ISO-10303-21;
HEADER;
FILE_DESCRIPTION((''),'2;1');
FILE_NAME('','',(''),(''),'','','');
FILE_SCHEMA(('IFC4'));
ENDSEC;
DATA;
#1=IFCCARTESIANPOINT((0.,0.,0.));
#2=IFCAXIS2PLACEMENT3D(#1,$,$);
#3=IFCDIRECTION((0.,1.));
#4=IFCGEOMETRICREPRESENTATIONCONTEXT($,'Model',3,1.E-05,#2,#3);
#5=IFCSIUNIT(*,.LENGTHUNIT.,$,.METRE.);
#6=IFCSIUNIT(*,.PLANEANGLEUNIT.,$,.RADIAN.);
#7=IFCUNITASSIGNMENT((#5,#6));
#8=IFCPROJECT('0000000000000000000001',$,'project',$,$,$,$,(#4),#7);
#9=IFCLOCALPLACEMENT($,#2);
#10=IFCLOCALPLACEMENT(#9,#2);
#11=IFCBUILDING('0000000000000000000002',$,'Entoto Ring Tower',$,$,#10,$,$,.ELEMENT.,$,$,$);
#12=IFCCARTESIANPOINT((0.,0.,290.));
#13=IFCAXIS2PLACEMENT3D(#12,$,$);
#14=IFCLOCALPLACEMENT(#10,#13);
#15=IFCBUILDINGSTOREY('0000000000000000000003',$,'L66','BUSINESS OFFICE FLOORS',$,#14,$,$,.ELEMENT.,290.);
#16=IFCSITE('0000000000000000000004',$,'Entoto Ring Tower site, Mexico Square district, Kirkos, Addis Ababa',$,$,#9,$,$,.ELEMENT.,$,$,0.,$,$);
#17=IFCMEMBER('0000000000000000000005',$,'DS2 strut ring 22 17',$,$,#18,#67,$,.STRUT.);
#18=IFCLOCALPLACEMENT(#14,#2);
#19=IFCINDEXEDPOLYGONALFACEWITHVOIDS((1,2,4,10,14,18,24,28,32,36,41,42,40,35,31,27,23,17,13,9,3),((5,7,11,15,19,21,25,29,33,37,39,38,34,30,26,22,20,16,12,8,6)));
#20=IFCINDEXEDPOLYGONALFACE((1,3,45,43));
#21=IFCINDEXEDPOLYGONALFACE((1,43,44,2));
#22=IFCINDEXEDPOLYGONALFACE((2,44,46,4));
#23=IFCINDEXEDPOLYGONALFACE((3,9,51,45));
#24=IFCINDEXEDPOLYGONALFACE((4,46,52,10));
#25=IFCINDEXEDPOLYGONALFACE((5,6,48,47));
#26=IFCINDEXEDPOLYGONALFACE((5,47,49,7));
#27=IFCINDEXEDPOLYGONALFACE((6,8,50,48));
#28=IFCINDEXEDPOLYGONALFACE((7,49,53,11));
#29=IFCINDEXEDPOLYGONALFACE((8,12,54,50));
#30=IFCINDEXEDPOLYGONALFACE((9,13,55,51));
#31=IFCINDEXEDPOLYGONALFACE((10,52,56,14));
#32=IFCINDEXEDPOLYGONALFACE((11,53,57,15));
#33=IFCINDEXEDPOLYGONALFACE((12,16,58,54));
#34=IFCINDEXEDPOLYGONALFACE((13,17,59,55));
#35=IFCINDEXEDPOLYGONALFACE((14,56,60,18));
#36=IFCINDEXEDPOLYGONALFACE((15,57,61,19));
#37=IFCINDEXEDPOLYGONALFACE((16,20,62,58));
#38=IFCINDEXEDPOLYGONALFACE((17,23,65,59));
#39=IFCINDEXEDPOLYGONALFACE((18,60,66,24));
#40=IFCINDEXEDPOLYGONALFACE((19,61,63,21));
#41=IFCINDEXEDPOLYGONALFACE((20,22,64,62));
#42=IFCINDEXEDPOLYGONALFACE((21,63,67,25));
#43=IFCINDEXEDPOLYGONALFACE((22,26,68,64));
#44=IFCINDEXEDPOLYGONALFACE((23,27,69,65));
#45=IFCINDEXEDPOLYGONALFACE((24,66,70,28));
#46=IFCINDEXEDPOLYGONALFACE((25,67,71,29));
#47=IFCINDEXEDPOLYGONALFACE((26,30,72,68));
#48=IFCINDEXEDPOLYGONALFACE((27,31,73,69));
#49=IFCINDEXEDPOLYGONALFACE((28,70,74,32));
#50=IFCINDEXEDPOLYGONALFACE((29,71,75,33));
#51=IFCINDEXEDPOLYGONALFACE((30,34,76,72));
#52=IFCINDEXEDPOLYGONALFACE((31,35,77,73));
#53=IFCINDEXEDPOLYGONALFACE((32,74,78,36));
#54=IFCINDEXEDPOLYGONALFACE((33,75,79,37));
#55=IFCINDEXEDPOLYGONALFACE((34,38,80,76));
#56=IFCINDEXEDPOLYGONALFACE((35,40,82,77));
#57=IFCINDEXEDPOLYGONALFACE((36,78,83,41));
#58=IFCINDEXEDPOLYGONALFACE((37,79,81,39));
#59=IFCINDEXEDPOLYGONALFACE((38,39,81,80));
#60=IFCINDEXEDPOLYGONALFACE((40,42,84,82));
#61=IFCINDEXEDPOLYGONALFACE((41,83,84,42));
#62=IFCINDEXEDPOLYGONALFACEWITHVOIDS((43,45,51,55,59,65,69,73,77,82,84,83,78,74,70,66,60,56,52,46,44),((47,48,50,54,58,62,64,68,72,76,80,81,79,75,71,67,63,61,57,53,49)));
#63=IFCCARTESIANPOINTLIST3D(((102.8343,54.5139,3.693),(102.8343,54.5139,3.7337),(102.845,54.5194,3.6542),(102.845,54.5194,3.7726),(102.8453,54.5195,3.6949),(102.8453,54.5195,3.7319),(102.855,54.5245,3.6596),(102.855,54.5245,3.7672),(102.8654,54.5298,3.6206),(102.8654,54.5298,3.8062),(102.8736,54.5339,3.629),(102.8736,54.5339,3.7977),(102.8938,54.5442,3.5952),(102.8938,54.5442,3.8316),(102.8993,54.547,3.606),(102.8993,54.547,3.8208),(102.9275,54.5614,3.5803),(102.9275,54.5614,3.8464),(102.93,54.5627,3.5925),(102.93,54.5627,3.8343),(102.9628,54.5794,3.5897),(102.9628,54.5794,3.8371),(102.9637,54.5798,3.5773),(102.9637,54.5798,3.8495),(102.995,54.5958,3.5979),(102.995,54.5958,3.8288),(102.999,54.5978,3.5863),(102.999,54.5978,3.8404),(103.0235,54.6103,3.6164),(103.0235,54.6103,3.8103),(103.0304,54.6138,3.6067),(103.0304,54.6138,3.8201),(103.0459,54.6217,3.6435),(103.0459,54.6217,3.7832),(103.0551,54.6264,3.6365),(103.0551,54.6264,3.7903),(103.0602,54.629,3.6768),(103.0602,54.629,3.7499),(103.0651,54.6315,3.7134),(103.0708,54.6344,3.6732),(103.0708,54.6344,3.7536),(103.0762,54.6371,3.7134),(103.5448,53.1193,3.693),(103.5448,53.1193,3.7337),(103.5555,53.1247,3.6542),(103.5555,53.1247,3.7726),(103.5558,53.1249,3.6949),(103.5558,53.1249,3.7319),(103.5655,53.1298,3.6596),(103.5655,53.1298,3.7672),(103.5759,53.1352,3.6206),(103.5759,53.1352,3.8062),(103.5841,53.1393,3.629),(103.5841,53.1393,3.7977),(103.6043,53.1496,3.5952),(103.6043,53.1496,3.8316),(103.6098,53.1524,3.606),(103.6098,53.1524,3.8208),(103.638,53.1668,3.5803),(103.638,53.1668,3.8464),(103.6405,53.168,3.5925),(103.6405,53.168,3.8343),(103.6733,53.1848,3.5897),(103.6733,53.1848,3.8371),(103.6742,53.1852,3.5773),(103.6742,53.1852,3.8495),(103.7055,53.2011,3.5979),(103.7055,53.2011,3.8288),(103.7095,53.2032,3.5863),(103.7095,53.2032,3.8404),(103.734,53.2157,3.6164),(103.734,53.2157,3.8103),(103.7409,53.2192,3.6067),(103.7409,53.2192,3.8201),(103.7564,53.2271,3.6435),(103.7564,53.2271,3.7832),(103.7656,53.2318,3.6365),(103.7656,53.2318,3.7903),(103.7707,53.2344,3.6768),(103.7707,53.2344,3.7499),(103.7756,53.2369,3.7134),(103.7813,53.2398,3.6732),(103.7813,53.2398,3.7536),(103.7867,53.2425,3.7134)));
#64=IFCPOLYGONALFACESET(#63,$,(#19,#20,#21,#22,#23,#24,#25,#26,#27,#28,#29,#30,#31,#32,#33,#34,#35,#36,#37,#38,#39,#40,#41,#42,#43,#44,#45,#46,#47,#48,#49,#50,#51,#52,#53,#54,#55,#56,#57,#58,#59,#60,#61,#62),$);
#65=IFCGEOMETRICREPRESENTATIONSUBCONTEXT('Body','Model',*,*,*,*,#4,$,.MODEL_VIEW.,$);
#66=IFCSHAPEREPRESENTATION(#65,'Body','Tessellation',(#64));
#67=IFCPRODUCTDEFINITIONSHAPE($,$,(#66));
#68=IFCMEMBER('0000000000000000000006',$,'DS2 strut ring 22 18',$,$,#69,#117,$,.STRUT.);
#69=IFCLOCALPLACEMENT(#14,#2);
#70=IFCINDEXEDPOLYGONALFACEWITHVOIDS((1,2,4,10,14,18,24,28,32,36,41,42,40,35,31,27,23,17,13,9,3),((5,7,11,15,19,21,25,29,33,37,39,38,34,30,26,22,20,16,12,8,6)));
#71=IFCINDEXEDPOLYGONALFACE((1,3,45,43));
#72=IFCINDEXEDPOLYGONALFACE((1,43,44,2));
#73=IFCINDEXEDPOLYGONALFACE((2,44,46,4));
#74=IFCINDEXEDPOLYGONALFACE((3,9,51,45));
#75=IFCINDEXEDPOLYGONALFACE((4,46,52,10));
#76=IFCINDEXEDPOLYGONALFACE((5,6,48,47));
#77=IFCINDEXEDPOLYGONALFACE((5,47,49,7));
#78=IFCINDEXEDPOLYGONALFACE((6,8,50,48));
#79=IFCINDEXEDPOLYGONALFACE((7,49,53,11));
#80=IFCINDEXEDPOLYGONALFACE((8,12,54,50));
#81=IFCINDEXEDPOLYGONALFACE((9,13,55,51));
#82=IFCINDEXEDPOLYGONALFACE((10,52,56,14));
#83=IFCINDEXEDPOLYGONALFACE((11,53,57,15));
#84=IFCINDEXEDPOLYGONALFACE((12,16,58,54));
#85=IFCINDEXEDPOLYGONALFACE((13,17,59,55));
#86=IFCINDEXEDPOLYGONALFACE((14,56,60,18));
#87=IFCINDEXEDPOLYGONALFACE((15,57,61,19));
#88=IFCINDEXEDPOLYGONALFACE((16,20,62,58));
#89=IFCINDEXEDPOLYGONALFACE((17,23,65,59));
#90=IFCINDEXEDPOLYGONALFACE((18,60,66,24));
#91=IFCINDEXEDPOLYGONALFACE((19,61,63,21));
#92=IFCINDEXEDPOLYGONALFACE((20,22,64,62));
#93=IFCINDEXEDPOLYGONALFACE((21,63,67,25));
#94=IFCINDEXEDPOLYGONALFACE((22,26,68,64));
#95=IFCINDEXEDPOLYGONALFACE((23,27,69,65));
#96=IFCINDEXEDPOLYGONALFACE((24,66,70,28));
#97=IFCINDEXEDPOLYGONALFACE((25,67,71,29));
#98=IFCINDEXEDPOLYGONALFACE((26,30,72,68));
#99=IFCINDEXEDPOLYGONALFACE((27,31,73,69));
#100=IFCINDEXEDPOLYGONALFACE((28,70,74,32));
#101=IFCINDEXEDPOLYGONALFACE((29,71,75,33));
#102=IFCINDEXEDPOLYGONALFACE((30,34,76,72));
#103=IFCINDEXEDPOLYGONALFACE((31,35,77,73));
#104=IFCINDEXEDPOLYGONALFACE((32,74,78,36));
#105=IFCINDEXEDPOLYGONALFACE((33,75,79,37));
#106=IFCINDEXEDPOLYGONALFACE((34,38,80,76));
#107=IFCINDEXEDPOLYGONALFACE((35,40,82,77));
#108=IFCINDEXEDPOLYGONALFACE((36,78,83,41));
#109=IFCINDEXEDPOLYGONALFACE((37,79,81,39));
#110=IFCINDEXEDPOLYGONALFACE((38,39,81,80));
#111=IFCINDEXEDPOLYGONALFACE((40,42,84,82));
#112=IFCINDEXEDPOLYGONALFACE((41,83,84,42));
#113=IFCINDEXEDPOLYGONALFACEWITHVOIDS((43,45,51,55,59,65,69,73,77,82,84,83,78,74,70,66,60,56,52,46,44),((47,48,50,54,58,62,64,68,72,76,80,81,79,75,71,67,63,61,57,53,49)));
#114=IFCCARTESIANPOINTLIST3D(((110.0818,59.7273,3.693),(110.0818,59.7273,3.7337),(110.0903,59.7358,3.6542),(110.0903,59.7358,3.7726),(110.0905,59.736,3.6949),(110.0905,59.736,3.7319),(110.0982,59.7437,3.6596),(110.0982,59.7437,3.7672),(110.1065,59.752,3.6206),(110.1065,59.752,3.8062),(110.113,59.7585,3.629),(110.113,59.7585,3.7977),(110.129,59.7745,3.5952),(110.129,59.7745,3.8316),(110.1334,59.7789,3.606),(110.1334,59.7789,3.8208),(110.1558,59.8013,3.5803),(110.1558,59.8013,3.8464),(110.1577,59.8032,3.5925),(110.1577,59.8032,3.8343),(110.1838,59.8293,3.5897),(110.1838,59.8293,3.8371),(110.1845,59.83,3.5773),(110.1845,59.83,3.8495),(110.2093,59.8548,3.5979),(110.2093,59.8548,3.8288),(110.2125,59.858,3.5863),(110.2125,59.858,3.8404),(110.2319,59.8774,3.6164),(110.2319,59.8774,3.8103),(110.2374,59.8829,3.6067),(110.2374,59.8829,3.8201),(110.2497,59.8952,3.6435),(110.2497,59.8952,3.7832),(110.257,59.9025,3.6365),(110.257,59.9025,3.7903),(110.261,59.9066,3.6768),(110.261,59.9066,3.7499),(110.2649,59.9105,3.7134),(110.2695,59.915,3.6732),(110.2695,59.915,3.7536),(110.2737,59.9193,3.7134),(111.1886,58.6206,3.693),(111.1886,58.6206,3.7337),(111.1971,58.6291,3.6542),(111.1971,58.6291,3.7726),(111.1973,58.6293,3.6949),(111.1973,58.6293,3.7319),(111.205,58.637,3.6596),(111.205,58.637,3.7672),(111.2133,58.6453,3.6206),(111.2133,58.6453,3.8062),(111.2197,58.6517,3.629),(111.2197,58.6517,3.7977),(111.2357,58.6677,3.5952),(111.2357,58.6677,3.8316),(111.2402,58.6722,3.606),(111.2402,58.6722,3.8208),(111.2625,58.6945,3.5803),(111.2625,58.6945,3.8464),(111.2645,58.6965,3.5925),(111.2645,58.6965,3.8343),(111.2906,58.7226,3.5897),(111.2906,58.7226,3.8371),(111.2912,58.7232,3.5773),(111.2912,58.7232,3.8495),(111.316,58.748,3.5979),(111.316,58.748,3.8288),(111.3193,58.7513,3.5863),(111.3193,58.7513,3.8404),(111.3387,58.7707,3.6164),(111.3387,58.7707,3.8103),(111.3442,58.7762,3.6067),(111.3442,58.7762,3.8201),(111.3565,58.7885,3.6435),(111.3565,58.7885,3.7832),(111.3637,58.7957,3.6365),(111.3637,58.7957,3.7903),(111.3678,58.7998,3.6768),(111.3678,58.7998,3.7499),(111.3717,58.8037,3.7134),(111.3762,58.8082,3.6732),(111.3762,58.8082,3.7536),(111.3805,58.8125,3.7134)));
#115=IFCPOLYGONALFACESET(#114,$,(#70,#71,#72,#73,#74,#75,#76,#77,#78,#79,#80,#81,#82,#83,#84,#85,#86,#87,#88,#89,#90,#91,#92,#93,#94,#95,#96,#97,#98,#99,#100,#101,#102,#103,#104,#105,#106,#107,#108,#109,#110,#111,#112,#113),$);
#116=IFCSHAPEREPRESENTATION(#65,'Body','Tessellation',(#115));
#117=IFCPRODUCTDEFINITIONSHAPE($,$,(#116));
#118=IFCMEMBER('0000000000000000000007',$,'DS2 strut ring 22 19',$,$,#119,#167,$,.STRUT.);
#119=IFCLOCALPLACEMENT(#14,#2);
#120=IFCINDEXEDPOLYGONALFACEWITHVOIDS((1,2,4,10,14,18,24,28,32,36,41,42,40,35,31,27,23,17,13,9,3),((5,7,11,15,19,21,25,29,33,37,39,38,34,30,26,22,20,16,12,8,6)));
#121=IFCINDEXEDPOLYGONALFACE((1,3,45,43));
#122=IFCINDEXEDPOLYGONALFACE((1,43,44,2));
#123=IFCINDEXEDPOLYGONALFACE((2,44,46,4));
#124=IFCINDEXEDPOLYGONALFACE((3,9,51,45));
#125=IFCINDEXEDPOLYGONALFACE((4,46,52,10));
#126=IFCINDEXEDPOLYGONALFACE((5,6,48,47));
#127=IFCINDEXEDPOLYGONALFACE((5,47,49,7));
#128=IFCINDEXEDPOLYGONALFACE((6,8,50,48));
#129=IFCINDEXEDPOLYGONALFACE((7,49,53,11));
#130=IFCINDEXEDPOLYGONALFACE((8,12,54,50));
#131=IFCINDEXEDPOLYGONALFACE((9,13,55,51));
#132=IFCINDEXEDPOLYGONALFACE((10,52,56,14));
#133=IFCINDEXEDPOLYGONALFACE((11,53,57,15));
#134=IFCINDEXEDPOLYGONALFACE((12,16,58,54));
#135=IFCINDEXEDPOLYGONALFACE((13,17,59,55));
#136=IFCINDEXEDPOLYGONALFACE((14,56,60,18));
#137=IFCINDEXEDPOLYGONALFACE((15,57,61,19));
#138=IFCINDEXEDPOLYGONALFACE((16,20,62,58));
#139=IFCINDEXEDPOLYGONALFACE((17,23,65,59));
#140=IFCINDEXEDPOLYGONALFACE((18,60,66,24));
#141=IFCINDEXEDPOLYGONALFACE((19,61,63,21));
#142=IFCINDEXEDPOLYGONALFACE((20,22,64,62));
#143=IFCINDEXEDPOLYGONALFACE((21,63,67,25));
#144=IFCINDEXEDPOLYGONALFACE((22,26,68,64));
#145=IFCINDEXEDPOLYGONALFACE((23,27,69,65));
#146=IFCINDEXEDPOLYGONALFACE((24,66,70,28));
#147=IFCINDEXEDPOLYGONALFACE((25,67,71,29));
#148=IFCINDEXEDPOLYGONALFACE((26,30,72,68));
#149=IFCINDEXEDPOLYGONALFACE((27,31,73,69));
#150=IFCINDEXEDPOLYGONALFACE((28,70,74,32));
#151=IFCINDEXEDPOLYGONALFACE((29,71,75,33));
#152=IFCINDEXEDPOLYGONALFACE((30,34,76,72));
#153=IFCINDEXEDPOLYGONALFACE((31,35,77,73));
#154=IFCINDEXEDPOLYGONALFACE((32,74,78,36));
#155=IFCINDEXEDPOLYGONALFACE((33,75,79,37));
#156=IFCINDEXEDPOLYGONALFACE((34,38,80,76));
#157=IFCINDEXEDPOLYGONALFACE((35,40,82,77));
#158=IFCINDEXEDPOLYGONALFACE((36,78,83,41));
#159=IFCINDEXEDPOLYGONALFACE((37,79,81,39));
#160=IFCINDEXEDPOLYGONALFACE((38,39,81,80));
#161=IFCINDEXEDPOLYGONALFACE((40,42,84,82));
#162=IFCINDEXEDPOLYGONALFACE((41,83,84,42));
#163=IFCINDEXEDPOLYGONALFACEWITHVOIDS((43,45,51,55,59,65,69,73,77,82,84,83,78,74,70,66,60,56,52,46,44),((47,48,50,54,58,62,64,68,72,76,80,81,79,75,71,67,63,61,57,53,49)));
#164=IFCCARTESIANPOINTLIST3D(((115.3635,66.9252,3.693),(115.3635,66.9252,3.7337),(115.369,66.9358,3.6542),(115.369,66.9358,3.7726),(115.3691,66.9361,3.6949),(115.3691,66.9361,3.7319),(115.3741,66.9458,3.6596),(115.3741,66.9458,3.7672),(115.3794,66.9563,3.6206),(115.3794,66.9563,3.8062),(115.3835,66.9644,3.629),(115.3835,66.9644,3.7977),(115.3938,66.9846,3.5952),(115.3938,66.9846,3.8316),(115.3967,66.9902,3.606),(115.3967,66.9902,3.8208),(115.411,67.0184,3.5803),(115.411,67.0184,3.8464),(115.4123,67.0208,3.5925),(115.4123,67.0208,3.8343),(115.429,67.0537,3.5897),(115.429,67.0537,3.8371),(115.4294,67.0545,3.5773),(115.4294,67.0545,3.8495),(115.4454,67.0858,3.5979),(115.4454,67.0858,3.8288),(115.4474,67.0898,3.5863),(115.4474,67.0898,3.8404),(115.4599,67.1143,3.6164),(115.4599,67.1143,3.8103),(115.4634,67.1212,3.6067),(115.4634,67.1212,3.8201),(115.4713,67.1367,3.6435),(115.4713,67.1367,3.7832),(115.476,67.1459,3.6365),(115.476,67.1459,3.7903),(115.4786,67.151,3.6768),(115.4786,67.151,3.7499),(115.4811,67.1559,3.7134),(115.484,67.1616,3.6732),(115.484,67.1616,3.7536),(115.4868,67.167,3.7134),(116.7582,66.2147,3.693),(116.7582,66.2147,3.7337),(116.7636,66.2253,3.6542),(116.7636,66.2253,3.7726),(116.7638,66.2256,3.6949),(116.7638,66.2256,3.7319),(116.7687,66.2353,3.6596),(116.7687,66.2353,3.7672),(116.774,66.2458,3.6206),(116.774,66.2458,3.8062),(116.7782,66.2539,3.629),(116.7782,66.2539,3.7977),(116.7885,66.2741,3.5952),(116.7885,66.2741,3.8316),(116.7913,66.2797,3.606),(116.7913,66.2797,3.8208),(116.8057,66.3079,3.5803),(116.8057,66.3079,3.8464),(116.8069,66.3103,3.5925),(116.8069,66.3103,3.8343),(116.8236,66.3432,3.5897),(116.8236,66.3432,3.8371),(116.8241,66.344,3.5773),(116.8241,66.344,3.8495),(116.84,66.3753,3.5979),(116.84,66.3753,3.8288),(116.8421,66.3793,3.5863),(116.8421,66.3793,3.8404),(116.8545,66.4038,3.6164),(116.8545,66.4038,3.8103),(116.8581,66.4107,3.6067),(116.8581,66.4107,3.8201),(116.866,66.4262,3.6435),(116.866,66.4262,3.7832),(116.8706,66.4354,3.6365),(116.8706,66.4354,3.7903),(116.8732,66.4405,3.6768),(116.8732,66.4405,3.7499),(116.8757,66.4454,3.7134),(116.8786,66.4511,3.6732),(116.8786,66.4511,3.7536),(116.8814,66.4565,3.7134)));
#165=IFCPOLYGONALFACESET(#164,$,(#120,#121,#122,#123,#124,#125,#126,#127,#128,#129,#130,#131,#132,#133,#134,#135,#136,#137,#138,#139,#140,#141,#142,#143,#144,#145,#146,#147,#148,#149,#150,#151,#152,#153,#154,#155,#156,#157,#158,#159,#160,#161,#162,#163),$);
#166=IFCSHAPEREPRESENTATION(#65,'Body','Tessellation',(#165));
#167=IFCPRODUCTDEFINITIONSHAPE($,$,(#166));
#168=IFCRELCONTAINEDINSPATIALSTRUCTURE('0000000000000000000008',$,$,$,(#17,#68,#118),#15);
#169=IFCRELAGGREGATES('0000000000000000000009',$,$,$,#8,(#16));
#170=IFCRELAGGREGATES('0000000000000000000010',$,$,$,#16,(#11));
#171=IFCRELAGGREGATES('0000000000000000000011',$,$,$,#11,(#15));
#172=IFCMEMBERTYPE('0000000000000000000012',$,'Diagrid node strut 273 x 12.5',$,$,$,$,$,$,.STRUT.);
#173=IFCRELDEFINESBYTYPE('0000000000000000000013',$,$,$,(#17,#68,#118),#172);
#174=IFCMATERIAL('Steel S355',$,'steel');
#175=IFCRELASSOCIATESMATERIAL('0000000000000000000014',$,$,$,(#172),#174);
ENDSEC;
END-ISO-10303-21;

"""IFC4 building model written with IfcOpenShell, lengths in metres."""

from ifc_helpers import new_model, si_unit, direction, frame, origin, origin_2d, place, context, subcontext, project, spatial, circle, hollow_circle, extrude, material, material_profile, profile_set, type_object, element, save


model = new_model("IFC4")

# Units and contexts
model_context = context("Model", 3, precision=1e-05, world=origin(), true_north=direction((0.0, 1.0)))
body_context = subcontext(model_context, "Body", "Model", "MODEL_VIEW")
ifc_project = project(units=[si_unit("LENGTHUNIT", "METRE"), si_unit("PLANEANGLEUNIT", "RADIAN")], contexts=[model_context])

# Site, building, storey
site_placement = place(None, origin())
site = spatial("IfcSite", under=ifc_project, at=site_placement, Name="Entoto Ring Tower site, Mexico Square district, Kirkos, Addis Ababa", CompositionType="ELEMENT", RefElevation=0.0)
building_placement = place(site_placement, origin())
building = spatial("IfcBuilding", under=site, at=building_placement, Name="Entoto Ring Tower", CompositionType="ELEMENT")
storey_placement = place(building_placement, frame((0.0, 0.0, 290.0)))
storey = spatial("IfcBuildingStorey", under=building, at=storey_placement, Name="L66", Description="BUSINESS OFFICE FLOORS", CompositionType="ELEMENT", Elevation=290.0)

# Members
ifc_material_1 = material(Name="Steel S355", Category="steel")
ifc_material_profile_1 = material_profile(ifc_material_1, hollow_circle(Radius=0.1365, WallThickness=0.0125, at=origin_2d()), Name="CHS 273 x 12.5")
ifc_material_2 = material(Name="Concrete C60/75", Category="concrete")
ifc_material_profile_2 = material_profile(ifc_material_2, circle(Radius=0.124, at=origin_2d()), Name="Concrete C60/75 infill")
ifc_profile_set_1 = profile_set([ifc_material_profile_1, ifc_material_profile_2], Name="Steel S355")
member_type = type_object("IfcMemberType", Name="Diagrid node strut 273 x 12.5", PredefinedType="STRUT", material=ifc_profile_set_1)
for number, where, z_axis, x_axis, name in (
    (1, (102.9546, 54.5752, 3.7134), (0.45394, -0.891032, 0.0), (0.891032, 0.45394, 0.0), "DS2 strut ring 22 17"),
    (2, (110.1772, 59.8228, 3.7134), (0.707107, -0.707107, 0.0), (0.707107, 0.707107, 0.0), "DS2 strut ring 22 18"),
    (3, (115.4248, 67.0454, 3.7134), (0.891032, -0.45394, 0.0), (0.45394, 0.891032, 0.0), "DS2 strut ring 22 19"),
):
    element("IfcMember", number, at=place(storey_placement, frame(where, z_axis=z_axis, x_axis=x_axis)), inside=storey, type_object=member_type, Name=name, PredefinedType="STRUT", context=body_context, shape_type="SweptSolid", body=[
        extrude(hollow_circle(Radius=0.1365, WallThickness=0.0125, at=origin_2d()), origin(), (0.0, 0.0, 1.0), 1.5652),
    ])

save(model, "model.ifc")
